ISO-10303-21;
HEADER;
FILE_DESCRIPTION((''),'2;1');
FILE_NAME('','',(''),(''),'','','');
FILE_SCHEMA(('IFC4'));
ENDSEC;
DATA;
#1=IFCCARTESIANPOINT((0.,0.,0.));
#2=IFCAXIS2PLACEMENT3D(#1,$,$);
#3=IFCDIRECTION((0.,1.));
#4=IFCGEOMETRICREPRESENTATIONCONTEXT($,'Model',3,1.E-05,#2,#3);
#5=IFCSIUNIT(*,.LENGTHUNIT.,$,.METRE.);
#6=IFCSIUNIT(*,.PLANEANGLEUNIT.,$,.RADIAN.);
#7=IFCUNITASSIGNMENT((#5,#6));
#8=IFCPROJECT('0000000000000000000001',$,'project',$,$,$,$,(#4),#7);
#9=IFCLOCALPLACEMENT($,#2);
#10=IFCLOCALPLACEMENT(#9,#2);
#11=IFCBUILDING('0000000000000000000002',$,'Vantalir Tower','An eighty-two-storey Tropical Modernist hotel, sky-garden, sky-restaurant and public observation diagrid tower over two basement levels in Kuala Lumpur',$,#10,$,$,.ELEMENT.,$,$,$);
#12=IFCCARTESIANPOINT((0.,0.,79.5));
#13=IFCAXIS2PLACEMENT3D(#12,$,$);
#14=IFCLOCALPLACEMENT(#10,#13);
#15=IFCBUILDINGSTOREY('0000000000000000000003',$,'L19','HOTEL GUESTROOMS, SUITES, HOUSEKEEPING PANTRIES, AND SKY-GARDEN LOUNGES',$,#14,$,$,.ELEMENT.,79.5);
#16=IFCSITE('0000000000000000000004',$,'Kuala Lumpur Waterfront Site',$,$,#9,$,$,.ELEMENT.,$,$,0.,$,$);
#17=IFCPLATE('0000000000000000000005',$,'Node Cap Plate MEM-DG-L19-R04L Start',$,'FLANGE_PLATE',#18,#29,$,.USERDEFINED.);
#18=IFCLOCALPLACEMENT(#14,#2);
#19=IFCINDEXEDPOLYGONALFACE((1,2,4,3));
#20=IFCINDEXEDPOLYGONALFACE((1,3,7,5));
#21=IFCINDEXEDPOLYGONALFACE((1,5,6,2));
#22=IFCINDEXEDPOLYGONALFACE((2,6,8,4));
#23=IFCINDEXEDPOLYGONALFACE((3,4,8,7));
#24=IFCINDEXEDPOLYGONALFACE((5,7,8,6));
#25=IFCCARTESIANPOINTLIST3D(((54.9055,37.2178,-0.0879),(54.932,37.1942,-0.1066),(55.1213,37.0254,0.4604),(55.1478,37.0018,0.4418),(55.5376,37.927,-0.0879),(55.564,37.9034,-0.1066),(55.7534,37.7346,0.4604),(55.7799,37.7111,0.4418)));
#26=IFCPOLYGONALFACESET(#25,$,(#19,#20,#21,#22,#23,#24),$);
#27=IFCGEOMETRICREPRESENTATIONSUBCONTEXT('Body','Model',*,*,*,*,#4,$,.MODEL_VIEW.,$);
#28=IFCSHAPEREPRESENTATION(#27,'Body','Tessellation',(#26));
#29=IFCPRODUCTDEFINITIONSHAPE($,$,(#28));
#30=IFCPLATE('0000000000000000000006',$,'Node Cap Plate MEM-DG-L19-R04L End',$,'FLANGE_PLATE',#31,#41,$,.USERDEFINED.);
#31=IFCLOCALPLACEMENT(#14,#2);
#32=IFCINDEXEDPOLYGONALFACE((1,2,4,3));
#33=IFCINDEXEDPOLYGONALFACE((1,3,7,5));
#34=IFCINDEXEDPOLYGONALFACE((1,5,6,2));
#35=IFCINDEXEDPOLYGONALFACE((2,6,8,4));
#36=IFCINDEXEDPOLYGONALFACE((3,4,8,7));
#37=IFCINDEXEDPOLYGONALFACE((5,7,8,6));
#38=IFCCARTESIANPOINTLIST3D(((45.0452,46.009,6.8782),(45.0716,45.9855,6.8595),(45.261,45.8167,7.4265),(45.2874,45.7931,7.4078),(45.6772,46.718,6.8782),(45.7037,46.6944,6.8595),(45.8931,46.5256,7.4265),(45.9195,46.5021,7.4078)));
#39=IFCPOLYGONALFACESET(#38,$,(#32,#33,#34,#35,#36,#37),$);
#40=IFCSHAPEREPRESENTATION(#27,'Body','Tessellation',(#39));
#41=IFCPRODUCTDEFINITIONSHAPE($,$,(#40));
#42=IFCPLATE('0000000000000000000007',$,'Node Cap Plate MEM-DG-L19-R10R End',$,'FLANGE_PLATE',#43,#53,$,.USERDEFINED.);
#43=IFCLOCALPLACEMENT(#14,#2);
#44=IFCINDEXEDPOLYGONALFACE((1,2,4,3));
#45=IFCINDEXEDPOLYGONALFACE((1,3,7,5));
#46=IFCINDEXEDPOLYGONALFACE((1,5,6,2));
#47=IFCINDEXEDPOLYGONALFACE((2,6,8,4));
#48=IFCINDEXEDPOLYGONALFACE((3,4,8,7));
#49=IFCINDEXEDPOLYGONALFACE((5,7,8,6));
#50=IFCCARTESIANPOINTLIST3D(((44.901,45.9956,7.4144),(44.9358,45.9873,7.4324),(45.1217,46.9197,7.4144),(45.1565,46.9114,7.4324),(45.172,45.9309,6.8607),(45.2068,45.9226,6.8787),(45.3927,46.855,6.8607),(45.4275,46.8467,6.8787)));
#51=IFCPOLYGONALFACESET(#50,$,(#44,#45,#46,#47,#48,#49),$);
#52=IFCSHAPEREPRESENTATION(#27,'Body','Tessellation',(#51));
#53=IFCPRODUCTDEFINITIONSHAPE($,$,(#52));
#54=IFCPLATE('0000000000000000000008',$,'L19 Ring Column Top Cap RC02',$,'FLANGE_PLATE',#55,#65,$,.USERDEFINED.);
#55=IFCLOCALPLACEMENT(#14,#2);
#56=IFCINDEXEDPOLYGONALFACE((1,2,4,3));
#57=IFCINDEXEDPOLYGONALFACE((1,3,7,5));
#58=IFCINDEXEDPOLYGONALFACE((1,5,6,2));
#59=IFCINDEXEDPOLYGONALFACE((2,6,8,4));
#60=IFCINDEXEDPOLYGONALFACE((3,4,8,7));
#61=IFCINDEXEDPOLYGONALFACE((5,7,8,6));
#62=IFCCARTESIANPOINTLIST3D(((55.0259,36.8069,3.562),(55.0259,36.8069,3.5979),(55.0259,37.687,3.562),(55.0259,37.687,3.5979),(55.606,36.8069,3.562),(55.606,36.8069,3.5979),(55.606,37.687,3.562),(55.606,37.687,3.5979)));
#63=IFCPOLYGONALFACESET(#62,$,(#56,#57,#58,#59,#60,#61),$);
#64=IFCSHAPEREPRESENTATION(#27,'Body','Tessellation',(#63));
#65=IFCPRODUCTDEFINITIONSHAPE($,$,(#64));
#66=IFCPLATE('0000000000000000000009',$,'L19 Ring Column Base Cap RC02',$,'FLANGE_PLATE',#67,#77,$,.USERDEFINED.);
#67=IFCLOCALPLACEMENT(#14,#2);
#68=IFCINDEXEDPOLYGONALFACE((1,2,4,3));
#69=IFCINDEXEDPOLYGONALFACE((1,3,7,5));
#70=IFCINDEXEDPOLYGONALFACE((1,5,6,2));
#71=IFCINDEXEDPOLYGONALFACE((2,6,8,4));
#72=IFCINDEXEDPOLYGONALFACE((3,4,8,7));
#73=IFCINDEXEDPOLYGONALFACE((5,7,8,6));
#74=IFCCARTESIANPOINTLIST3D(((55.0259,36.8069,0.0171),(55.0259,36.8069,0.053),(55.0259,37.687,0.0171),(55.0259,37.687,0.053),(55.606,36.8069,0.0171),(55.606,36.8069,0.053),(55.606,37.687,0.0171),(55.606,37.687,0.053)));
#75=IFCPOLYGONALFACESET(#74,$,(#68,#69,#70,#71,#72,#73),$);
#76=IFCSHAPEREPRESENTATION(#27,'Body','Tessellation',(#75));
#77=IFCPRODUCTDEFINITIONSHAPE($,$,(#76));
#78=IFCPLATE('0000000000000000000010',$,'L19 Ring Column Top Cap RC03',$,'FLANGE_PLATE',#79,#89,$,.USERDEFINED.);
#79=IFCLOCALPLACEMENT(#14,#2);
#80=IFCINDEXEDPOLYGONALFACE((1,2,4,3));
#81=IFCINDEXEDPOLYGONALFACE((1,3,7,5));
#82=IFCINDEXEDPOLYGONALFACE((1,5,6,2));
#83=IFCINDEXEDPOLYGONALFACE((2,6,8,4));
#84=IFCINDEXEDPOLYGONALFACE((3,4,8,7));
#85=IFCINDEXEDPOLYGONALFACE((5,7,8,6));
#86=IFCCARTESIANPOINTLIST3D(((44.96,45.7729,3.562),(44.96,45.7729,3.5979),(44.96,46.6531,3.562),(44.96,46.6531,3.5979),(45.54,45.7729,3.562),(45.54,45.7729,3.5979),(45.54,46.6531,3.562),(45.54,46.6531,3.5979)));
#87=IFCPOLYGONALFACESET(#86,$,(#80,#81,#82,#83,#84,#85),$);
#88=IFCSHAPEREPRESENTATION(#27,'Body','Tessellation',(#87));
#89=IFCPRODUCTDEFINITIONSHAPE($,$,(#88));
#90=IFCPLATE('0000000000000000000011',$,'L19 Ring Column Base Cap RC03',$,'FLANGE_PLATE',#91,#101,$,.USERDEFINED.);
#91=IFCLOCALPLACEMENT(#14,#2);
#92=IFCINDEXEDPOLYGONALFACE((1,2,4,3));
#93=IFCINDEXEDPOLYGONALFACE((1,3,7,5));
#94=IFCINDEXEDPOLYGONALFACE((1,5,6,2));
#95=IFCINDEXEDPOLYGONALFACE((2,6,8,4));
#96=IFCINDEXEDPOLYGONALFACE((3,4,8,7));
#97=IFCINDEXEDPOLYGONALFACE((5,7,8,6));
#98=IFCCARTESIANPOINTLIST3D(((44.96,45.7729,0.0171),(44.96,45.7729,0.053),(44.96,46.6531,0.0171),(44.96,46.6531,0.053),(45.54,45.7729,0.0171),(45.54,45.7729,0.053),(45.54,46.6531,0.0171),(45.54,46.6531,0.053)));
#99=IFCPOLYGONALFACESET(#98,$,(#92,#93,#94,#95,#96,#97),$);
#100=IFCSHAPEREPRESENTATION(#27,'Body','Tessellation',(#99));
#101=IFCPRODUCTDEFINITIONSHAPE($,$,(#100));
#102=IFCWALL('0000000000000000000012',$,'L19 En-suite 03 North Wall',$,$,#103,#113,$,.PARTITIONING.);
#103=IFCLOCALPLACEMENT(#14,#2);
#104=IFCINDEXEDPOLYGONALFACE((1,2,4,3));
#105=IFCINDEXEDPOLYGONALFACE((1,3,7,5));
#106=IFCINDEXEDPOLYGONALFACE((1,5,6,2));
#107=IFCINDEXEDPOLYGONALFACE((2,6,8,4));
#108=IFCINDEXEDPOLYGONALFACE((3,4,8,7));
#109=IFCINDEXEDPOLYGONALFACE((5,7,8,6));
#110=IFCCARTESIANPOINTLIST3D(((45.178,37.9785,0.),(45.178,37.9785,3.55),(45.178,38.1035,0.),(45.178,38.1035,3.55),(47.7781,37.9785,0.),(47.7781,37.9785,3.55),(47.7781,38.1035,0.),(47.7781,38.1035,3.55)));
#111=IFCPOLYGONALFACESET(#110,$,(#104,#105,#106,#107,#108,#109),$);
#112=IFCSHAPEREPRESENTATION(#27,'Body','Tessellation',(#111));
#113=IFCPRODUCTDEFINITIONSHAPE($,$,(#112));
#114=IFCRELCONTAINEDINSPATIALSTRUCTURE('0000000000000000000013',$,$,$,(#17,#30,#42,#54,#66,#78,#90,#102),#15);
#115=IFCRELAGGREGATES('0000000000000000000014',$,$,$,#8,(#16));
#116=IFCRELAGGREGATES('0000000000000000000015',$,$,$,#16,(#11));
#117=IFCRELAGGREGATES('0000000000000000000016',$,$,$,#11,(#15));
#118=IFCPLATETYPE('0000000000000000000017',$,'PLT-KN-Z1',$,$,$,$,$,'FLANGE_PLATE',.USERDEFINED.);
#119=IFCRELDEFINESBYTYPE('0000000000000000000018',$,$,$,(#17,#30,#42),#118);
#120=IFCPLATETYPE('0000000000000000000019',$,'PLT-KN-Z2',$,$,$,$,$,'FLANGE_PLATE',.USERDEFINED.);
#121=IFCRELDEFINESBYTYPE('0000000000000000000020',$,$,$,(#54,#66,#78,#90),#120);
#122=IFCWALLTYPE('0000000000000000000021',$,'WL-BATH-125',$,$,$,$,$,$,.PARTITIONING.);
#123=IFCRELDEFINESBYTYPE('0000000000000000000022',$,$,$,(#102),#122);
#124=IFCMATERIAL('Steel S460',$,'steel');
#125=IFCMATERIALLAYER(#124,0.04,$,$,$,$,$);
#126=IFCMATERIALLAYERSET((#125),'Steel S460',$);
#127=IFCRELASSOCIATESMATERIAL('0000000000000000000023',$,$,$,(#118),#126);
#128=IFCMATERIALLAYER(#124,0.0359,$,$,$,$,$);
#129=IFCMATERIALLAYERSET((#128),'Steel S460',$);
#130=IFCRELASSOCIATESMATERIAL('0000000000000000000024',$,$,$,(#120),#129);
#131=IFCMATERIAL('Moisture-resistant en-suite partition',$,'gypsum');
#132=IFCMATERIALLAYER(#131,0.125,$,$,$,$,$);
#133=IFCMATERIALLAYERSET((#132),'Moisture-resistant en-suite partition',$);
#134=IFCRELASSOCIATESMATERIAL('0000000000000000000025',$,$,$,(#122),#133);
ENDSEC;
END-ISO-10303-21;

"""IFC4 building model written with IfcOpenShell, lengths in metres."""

from ifc_helpers import new_model, si_unit, direction, frame, frame_2d, origin, place, context, subcontext, project, spatial, polyline, rectangle, outline, extrude, material, layer, layer_set, type_object, element, save


model = new_model("IFC4")

# Units and contexts
model_context = context("Model", 3, precision=1e-05, world=origin(), true_north=direction((0.0, 1.0)))
body_context = subcontext(model_context, "Body", "Model", "MODEL_VIEW")
ifc_project = project(units=[si_unit("LENGTHUNIT", "METRE"), si_unit("PLANEANGLEUNIT", "RADIAN")], contexts=[model_context])

# Site, building, storey
site_placement = place(None, origin())
site = spatial("IfcSite", under=ifc_project, at=site_placement, Name="Kuala Lumpur Waterfront Site", CompositionType="ELEMENT", RefElevation=0.0)
building_placement = place(site_placement, origin())
building = spatial("IfcBuilding", under=site, at=building_placement, Name="Vantalir Tower", Description="An eighty-two-storey Tropical Modernist hotel, sky-garden, sky-restaurant and public observation diagrid tower over two basement levels in Kuala Lumpur", CompositionType="ELEMENT")
storey_placement = place(building_placement, frame((0.0, 0.0, 79.5)))
storey = spatial("IfcBuildingStorey", under=building, at=storey_placement, Name="L19", Description="HOTEL GUESTROOMS, SUITES, HOUSEKEEPING PANTRIES, AND SKY-GARDEN LOUNGES", CompositionType="ELEMENT", Elevation=79.5)

# Shared definitions
ifc_material_1 = material(Name="Steel S460", Category="steel")

# Plates
ifc_layer_1 = layer(ifc_material_1, 0.04)
ifc_layer_set_1 = layer_set([ifc_layer_1], Name="Steel S460")
plate_type_1 = type_object("IfcPlateType", Name="PLT-KN-Z1", ElementType="FLANGE_PLATE", PredefinedType="USERDEFINED", material=ifc_layer_set_1)
plate_1_placement = place(storey_placement, frame((55.5376, 37.927, -0.0879), z_axis=(-0.660373, 0.588539, 0.466402), x_axis=(-0.665336, -0.746544, 0.0)))
element("IfcPlate", 1, at=plate_1_placement, inside=storey, type_object=plate_type_1, Name="Node Cap Plate MEM-DG-L19-R04L Start", ObjectType="FLANGE_PLATE", PredefinedType="USERDEFINED", context=body_context, shape_type="SweptSolid", body=[
    extrude(outline(polyline([(0.0, 0.0), (0.95, 0.0), (0.95, 0.6199), (0.0, 0.6199), (0.0, 0.0)])), origin(), (0.0, 0.0, -1.0), 0.04),
])
plate_2_placement = place(storey_placement, frame((45.6772, 46.718, 6.8782), z_axis=(-0.660272, 0.588652, 0.466402), x_axis=(-0.665464, -0.74643, 0.0)))
element("IfcPlate", 2, at=plate_2_placement, inside=storey, type_object=plate_type_1, Name="Node Cap Plate MEM-DG-L19-R04L End", ObjectType="FLANGE_PLATE", PredefinedType="USERDEFINED", context=body_context, shape_type="SweptSolid", body=[
    extrude(outline(polyline([(0.0, 0.0), (0.9498, 0.0), (0.9498, 0.6199), (0.0, 0.6199), (0.0, 0.0)])), origin(), (0.0, 0.0, -1.0), 0.04),
])
plate_3_placement = place(storey_placement, frame((45.2068, 45.9226, 6.8787), z_axis=(0.868853, -0.207515, 0.449479), x_axis=(0.232304, 0.972643, 0.0)))
element("IfcPlate", 3, at=plate_3_placement, inside=storey, type_object=plate_type_1, Name="Node Cap Plate MEM-DG-L19-R10R End", ObjectType="FLANGE_PLATE", PredefinedType="USERDEFINED", context=body_context, shape_type="SweptSolid", body=[
    extrude(outline(polyline([(0.0, 0.0), (0.9501, 0.0), (0.95, 0.6199), (0.0, 0.6199), (0.0, 0.0)])), origin(), (0.0, 0.0, -1.0), 0.04),
])
ifc_layer_2 = layer(ifc_material_1, 0.0359)
ifc_layer_set_2 = layer_set([ifc_layer_2], Name="Steel S460")
plate_type_2 = type_object("IfcPlateType", Name="PLT-KN-Z2", ElementType="FLANGE_PLATE", PredefinedType="USERDEFINED", material=ifc_layer_set_2)
for number, where, z_axis, x_axis, name in (
    (4, (55.0259, 37.687, 3.5979), (0.0, 0.0, 1.0), (0.0, -1.0, 0.0), "L19 Ring Column Top Cap RC02"),
    (5, (55.0259, 37.687, 0.053), (0.0, 0.0, 1.0), (0.0, -1.0, 0.0), "L19 Ring Column Base Cap RC02"),
    (6, (44.96, 46.6531, 3.5979), (0.0, 0.0, 1.0), (0.0, -1.0, 0.0), "L19 Ring Column Top Cap RC03"),
    (7, (44.96, 46.6531, 0.053), (0.0, 0.0, 1.0), (0.0, -1.0, 0.0), "L19 Ring Column Base Cap RC03"),
):
    element("IfcPlate", number, at=place(storey_placement, frame(where, z_axis=z_axis, x_axis=x_axis)), inside=storey, type_object=plate_type_2, Name=name, ObjectType="FLANGE_PLATE", PredefinedType="USERDEFINED", context=body_context, shape_type="SweptSolid", body=[
        extrude(outline(polyline([(0.0, 0.0), (0.8801, 0.0), (0.8801, 0.5801), (0.0, 0.5801), (0.0, 0.0)])), origin(), (0.0, 0.0, -1.0), 0.0359),
    ])

# Wall
ifc_material_2 = material(Name="Moisture-resistant en-suite partition", Category="gypsum")
ifc_layer_3 = layer(ifc_material_2, 0.125)
ifc_layer_set_3 = layer_set([ifc_layer_3], Name="Moisture-resistant en-suite partition")
wall_type = type_object("IfcWallType", Name="WL-BATH-125", PredefinedType="PARTITIONING", material=ifc_layer_set_3)
wall_placement = place(storey_placement, frame((45.178, 38.041, 0.0), z_axis=(0.0, 0.0, 1.0), x_axis=(1.0, 0.0, 0.0)))
element("IfcWall", 8, at=wall_placement, inside=storey, type_object=wall_type, Name="L19 En-suite 03 North Wall", PredefinedType="PARTITIONING", context=body_context, shape_type="SweptSolid", body=[
    extrude(rectangle(XDim=2.6001, YDim=0.125, at=frame_2d((1.3, 0.0))), origin(), (0.0, 0.0, 1.0), 3.55),
])

save(model, "model.ifc")
